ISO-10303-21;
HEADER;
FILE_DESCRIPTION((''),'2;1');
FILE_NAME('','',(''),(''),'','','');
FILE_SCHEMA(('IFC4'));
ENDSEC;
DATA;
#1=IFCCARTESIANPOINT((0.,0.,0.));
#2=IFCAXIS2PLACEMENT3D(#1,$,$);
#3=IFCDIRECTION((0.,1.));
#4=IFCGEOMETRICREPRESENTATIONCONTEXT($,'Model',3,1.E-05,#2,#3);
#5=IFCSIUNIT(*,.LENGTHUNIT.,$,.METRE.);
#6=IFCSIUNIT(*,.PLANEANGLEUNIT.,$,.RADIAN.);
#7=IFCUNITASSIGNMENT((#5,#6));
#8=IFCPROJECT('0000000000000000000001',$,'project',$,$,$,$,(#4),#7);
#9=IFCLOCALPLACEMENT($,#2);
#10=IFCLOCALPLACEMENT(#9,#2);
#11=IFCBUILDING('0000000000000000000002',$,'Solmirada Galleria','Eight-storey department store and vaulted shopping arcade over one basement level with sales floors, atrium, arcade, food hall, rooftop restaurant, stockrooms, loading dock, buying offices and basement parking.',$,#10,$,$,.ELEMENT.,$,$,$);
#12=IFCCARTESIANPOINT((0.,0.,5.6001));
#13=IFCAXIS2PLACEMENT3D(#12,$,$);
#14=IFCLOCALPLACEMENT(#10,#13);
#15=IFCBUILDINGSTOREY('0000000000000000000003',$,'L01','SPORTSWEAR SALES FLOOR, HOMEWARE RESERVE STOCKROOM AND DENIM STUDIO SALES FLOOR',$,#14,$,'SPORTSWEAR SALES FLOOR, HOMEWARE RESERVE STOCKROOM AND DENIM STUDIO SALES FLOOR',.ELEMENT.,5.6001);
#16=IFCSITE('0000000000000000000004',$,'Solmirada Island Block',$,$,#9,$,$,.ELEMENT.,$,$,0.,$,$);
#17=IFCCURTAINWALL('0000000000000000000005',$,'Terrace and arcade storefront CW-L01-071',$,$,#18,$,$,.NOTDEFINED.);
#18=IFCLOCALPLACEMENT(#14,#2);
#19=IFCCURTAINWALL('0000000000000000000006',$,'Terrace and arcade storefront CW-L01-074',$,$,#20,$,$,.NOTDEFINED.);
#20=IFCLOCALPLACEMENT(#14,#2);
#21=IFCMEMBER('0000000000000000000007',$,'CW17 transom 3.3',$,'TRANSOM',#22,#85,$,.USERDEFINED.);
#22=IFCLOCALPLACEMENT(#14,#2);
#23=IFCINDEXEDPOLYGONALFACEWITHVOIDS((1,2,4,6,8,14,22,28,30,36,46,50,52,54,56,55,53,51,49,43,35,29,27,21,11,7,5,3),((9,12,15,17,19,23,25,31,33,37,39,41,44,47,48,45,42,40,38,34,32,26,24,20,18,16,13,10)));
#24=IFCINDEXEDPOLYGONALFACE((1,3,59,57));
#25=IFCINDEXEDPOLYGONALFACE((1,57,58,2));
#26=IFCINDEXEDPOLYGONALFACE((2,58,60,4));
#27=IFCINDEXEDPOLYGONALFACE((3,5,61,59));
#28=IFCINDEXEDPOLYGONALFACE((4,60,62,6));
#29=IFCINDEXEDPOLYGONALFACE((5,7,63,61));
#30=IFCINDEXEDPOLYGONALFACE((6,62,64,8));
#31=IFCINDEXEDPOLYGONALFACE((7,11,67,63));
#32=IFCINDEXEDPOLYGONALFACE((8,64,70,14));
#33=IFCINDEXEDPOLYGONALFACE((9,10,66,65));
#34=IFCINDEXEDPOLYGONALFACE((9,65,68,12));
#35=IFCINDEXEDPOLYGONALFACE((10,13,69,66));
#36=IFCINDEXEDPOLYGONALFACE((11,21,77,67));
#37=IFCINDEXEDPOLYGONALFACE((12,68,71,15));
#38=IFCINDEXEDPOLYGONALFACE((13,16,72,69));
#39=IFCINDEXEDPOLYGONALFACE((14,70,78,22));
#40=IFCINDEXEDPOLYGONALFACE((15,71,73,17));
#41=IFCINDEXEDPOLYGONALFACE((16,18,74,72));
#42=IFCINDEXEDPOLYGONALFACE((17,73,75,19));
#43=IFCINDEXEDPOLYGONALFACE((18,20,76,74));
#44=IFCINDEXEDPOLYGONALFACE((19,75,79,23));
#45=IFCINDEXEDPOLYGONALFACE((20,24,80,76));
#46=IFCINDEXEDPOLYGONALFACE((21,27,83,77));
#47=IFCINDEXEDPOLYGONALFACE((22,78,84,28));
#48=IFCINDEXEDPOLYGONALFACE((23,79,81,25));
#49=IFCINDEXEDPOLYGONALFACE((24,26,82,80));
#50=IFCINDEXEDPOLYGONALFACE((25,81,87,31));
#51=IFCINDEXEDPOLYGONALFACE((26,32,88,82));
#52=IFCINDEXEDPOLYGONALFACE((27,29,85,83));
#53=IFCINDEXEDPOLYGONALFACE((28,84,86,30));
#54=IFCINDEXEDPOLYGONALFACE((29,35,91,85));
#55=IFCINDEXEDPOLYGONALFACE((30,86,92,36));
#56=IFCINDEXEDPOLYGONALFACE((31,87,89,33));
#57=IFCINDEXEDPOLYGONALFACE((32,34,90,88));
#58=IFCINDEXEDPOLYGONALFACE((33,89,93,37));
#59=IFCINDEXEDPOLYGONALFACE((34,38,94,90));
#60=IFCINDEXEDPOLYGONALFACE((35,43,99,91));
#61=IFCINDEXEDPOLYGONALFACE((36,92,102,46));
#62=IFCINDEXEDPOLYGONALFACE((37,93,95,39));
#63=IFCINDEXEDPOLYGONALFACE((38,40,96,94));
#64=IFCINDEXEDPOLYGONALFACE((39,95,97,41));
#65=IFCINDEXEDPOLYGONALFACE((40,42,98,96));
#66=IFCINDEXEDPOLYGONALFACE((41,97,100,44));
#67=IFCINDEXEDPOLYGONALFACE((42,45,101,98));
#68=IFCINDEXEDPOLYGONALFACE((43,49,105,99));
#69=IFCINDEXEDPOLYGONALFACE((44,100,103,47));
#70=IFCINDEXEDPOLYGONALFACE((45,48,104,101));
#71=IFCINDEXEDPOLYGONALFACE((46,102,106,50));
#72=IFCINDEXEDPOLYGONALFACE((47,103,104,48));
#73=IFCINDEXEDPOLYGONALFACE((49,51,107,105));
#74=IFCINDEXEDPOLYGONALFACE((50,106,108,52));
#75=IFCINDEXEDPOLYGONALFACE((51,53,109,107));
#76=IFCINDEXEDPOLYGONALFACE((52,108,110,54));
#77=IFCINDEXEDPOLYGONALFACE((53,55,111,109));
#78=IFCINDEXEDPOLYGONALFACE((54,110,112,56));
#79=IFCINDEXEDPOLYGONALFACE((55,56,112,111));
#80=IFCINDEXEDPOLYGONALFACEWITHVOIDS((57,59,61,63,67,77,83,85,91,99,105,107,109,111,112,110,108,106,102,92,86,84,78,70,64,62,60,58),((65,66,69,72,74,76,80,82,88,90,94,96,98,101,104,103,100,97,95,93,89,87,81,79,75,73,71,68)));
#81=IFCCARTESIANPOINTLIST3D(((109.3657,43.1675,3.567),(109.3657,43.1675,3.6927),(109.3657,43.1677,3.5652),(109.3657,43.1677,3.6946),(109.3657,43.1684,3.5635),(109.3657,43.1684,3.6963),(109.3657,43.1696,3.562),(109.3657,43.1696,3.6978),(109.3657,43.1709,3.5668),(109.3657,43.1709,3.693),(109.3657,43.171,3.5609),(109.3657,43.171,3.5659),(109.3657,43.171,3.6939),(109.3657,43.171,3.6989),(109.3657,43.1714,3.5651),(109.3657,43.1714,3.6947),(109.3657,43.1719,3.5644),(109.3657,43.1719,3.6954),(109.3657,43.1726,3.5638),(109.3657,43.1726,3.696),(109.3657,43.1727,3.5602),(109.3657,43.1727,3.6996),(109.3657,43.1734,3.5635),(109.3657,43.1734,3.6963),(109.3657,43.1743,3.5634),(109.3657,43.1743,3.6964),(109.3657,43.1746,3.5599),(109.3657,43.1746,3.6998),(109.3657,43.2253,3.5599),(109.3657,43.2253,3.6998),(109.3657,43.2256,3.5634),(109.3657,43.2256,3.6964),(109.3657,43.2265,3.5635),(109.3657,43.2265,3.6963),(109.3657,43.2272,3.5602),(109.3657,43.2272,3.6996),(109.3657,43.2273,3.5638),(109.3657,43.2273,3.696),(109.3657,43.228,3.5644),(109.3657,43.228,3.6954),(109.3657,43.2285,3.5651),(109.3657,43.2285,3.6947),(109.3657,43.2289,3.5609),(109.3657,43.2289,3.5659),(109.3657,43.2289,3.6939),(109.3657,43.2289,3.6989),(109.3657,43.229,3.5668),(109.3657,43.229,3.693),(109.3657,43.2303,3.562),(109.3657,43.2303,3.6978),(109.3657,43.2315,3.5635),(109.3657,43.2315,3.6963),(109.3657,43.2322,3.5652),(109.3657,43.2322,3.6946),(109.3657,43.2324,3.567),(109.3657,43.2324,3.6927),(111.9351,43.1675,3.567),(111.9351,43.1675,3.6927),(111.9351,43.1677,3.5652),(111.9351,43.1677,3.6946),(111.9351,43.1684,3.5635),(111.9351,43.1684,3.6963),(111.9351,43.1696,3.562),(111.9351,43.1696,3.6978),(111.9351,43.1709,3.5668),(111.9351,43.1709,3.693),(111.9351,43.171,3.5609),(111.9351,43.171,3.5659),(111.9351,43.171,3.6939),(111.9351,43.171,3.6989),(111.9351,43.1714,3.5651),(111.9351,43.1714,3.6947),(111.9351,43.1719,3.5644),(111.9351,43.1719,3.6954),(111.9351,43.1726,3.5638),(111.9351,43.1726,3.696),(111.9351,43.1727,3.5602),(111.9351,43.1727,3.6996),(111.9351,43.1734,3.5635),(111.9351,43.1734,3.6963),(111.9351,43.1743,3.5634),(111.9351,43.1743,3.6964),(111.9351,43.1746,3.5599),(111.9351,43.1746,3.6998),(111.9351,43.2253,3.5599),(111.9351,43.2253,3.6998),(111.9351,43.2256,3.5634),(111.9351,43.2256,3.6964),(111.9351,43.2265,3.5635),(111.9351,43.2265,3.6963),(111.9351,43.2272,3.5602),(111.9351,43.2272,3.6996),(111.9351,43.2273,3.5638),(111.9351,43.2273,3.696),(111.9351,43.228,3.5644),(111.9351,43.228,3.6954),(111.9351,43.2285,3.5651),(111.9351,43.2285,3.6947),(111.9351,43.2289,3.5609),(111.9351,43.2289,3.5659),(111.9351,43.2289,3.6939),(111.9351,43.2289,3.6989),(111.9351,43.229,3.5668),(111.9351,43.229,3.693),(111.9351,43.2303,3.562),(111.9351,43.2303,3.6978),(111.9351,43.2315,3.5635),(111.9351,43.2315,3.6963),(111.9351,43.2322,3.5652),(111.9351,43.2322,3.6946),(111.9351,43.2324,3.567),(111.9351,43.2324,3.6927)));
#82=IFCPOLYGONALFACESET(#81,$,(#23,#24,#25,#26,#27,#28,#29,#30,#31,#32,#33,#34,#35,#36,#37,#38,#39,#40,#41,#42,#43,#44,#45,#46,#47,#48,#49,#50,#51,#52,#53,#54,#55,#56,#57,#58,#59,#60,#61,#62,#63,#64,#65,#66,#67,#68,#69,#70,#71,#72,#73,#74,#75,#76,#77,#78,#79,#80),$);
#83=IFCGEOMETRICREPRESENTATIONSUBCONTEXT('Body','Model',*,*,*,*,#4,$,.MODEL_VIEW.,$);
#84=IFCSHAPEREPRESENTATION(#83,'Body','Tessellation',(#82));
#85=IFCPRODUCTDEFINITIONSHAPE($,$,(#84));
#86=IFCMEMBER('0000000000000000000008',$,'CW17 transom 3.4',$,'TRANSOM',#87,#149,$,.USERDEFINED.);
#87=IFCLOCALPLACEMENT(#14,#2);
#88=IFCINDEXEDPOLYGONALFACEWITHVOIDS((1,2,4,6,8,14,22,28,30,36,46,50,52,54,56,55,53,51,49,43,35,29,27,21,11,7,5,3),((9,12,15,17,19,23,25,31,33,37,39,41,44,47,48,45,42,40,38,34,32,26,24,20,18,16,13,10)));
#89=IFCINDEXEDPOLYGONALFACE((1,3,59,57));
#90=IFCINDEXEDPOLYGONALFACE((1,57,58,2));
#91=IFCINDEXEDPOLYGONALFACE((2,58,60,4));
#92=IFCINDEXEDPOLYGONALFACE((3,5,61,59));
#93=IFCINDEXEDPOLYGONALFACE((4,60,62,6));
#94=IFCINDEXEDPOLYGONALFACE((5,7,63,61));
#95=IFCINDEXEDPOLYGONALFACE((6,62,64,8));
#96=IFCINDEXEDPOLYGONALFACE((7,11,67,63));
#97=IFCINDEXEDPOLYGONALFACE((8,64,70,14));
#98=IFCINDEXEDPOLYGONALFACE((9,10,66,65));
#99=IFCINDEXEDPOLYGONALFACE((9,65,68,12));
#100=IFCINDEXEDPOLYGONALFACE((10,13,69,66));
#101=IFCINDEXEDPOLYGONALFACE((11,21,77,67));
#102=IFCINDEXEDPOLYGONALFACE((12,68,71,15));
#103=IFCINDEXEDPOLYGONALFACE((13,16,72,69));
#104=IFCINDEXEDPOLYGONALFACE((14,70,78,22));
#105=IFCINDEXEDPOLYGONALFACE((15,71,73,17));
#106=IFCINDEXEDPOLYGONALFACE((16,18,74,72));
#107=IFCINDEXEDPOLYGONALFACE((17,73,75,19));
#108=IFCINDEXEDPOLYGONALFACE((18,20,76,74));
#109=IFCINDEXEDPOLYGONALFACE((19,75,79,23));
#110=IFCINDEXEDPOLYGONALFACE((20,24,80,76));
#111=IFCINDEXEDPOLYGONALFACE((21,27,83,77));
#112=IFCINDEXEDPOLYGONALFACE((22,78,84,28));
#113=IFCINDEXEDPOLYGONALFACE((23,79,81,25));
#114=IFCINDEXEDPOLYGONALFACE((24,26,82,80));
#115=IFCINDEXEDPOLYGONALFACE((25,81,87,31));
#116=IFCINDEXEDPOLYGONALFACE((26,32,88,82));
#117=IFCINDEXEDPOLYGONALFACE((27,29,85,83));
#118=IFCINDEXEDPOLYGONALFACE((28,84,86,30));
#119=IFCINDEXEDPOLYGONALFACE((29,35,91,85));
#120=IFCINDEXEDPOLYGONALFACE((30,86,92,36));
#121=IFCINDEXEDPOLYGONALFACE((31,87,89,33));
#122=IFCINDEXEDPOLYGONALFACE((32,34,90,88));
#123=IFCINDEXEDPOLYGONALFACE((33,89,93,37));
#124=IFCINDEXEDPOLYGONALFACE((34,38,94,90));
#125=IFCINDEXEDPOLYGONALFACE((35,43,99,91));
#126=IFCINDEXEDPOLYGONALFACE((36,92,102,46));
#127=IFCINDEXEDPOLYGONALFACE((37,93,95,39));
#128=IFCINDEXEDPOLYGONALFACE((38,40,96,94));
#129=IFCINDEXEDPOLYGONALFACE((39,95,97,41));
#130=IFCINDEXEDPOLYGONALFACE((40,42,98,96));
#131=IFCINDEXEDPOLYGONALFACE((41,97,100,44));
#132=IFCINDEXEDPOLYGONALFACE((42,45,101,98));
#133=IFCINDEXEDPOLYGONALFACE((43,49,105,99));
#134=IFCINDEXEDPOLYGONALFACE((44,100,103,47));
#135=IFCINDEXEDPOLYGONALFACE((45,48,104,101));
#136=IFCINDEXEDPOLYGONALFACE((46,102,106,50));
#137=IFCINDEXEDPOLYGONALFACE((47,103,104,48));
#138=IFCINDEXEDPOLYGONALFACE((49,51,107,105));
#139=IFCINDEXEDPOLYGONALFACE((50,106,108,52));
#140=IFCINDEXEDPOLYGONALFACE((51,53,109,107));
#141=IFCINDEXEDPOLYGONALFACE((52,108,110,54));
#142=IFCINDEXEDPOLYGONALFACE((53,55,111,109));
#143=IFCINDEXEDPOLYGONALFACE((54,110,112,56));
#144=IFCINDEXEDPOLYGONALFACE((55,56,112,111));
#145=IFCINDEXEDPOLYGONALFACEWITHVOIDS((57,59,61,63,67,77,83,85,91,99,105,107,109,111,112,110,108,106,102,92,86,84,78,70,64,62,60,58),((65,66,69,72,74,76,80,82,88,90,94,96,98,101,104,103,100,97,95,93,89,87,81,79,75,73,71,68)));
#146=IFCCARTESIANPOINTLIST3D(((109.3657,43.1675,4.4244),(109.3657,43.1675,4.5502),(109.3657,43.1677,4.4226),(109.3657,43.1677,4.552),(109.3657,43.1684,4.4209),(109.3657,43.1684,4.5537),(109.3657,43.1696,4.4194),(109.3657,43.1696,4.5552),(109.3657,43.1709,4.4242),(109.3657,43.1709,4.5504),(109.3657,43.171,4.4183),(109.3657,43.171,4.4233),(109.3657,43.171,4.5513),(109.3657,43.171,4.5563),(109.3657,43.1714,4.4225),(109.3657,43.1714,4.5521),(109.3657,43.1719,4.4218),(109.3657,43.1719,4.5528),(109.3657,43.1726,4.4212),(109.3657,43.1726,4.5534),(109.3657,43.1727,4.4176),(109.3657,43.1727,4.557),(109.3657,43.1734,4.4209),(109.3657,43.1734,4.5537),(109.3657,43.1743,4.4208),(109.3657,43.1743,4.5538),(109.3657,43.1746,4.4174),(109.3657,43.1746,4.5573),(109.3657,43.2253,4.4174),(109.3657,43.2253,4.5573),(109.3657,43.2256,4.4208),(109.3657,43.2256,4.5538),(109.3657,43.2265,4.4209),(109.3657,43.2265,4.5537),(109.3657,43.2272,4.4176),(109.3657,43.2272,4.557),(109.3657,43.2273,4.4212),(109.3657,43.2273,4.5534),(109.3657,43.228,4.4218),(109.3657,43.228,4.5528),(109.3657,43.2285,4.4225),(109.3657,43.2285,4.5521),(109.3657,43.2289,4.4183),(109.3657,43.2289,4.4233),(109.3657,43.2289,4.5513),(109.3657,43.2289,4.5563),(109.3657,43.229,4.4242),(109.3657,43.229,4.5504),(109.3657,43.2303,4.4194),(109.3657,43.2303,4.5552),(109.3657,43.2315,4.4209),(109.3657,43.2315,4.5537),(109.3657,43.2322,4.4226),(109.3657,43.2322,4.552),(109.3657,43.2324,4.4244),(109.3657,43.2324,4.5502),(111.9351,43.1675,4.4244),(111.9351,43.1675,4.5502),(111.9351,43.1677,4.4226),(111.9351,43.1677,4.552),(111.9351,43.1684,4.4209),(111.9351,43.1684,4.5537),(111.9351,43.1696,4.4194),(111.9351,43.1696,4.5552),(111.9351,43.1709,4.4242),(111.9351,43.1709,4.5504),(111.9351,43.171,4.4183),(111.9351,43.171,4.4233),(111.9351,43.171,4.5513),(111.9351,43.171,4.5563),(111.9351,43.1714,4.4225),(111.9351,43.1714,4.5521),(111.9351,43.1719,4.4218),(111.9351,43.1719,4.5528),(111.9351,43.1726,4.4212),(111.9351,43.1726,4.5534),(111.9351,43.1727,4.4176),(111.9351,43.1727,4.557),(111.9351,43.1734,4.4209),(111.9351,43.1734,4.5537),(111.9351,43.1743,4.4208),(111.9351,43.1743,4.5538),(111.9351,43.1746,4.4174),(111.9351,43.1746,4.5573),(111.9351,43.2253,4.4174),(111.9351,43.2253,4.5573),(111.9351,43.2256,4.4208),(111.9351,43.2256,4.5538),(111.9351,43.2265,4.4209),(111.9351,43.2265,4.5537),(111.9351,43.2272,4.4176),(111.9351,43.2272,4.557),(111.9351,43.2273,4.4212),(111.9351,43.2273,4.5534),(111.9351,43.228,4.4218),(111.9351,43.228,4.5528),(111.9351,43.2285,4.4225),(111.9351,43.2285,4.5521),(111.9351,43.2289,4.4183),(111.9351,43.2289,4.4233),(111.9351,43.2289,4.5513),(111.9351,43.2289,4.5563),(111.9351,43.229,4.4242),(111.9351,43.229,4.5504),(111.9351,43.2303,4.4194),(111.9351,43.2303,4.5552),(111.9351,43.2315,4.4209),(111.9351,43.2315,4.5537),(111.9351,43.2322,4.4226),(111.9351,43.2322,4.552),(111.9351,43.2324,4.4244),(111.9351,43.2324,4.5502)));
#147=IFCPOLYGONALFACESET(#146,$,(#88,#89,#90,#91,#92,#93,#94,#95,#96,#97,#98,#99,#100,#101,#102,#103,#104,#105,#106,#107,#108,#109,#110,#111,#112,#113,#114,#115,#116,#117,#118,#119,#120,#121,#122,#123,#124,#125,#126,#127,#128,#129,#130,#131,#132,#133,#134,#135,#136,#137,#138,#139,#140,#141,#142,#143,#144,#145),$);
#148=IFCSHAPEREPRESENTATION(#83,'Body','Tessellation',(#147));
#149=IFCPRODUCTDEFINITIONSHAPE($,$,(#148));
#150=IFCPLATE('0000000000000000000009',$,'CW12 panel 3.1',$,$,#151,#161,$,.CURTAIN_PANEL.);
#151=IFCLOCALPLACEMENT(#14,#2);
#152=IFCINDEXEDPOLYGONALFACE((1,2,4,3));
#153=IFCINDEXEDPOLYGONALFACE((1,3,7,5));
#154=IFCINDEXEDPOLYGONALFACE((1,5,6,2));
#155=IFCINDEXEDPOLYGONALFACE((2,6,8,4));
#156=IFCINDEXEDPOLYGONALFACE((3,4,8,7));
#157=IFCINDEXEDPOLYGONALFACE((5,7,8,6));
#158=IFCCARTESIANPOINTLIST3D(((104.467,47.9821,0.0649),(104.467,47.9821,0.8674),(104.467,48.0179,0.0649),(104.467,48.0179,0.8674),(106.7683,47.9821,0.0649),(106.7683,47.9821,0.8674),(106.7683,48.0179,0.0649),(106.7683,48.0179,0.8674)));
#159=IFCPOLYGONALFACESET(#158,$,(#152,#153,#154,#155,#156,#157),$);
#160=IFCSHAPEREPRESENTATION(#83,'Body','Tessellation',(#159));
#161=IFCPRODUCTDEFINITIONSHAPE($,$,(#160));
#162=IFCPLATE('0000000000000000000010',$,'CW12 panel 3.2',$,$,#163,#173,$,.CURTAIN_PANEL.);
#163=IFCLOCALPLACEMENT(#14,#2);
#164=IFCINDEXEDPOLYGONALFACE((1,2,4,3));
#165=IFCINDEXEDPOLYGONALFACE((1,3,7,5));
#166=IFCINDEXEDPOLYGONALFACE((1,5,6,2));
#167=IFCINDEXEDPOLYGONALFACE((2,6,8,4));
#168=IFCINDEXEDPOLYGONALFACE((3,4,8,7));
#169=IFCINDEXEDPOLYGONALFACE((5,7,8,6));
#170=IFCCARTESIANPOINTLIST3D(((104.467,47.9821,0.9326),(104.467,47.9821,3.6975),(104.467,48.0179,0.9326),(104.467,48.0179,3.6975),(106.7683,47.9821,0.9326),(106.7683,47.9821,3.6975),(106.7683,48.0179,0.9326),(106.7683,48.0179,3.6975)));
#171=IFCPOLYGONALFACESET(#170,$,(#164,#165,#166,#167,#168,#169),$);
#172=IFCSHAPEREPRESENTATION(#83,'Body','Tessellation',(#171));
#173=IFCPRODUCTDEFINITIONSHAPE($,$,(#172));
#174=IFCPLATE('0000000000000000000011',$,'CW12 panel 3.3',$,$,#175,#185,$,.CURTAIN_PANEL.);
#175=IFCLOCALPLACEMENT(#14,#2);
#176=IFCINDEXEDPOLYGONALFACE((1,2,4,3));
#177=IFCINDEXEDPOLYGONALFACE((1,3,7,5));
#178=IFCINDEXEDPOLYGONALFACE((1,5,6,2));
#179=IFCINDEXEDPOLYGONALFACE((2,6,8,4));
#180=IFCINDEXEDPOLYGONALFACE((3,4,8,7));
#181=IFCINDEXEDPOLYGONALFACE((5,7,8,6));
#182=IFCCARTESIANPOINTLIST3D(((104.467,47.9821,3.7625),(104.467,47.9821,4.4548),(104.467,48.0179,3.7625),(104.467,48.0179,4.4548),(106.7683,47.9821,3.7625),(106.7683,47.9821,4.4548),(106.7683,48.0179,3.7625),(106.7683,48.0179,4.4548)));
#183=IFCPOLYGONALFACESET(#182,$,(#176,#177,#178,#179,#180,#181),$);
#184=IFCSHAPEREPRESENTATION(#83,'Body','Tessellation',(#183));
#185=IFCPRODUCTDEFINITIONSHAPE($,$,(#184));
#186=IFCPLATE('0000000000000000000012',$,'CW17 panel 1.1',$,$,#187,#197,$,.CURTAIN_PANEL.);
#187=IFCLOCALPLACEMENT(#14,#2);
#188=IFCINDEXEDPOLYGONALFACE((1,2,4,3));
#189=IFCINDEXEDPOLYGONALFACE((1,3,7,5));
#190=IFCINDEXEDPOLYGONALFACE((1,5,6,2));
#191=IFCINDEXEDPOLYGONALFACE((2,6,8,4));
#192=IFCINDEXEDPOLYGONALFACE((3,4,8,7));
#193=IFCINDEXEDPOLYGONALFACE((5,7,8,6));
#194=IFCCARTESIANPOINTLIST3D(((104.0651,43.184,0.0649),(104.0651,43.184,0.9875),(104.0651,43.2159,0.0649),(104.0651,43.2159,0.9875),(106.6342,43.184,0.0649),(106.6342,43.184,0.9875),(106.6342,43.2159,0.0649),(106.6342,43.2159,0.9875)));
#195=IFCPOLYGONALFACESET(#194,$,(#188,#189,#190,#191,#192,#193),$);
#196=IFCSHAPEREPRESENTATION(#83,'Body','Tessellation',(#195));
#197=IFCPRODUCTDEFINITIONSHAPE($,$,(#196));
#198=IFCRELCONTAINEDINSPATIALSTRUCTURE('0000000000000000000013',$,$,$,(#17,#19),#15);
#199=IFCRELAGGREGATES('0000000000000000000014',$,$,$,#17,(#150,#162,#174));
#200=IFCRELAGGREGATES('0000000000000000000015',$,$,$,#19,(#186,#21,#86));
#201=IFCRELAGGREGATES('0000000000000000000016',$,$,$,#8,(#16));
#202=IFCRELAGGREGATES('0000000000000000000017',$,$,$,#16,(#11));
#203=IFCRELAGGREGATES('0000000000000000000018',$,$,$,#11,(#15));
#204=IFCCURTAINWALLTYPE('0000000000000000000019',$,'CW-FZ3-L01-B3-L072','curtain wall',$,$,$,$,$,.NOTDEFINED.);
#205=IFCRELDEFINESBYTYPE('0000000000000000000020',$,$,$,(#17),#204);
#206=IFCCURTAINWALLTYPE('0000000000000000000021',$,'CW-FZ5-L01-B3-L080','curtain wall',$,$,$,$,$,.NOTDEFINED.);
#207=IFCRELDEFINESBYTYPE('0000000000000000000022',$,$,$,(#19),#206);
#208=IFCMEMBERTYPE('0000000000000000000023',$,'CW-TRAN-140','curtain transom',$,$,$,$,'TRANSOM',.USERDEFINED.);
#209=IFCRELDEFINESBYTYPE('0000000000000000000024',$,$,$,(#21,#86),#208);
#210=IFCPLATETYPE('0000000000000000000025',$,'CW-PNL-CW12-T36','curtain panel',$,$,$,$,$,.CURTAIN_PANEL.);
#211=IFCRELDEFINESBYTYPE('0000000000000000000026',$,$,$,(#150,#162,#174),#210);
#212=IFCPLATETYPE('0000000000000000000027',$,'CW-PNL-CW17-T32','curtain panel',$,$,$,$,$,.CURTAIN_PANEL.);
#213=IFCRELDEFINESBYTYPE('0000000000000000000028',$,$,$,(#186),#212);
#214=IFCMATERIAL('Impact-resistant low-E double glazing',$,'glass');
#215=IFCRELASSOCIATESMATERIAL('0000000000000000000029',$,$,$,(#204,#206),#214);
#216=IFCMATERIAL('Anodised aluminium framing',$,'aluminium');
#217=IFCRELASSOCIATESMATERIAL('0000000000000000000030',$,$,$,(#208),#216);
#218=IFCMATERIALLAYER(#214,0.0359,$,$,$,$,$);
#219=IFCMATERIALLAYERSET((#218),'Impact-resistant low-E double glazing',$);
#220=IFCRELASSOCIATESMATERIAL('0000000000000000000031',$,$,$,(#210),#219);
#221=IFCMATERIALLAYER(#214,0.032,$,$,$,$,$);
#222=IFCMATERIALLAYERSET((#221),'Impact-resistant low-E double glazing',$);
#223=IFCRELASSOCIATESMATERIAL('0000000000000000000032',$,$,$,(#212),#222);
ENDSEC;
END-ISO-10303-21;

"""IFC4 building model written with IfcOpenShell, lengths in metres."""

from ifc_helpers import new_model, si_unit, direction, frame, origin, origin_2d, place, context, subcontext, project, spatial, rectangle, hollow_rectangle, extrude, material, layer, layer_set, material_profile, profile_set, type_object, element, aggregate, save


model = new_model("IFC4")

# Units and contexts
model_context = context("Model", 3, precision=1e-05, world=origin(), true_north=direction((0.0, 1.0)))
body_context = subcontext(model_context, "Body", "Model", "MODEL_VIEW")
ifc_project = project(units=[si_unit("LENGTHUNIT", "METRE"), si_unit("PLANEANGLEUNIT", "RADIAN")], contexts=[model_context])

# Site, building, storey
site_placement = place(None, origin())
site = spatial("IfcSite", under=ifc_project, at=site_placement, Name="Solmirada Island Block", CompositionType="ELEMENT", RefElevation=0.0)
building_placement = place(site_placement, origin())
building = spatial("IfcBuilding", under=site, at=building_placement, Name="Solmirada Galleria", Description="Eight-storey department store and vaulted shopping arcade over one basement level with sales floors, atrium, arcade, food hall, rooftop restaurant, stockrooms, loading dock, buying offices and basement parking.", CompositionType="ELEMENT")
storey_placement = place(building_placement, frame((0.0, 0.0, 5.6001)))
storey = spatial("IfcBuildingStorey", under=building, at=storey_placement, Name="L01", Description="SPORTSWEAR SALES FLOOR, HOMEWARE RESERVE STOCKROOM AND DENIM STUDIO SALES FLOOR", LongName="SPORTSWEAR SALES FLOOR, HOMEWARE RESERVE STOCKROOM AND DENIM STUDIO SALES FLOOR", CompositionType="ELEMENT", Elevation=5.6001)

# Curtain wall
ifc_material_1 = material(Name="Impact-resistant low-E double glazing", Category="glass")
curtain_wall_type_1 = type_object("IfcCurtainWallType", Name="CW-FZ3-L01-B3-L072", Description="curtain wall", PredefinedType="NOTDEFINED", material=ifc_material_1)
curtain_wall_1_placement = place(storey_placement, origin())
curtain_wall_1 = element("IfcCurtainWall", 1, at=curtain_wall_1_placement, inside=storey, type_object=curtain_wall_type_1, Name="Terrace and arcade storefront CW-L01-071", PredefinedType="NOTDEFINED")
ifc_material_2 = material(Name="Anodised aluminium framing", Category="aluminium")

# Curtain wall
curtain_wall_type_2 = type_object("IfcCurtainWallType", Name="CW-FZ5-L01-B3-L080", Description="curtain wall", PredefinedType="NOTDEFINED", material=ifc_material_1)
curtain_wall_2_placement = place(storey_placement, origin())
curtain_wall_2 = element("IfcCurtainWall", 2, at=curtain_wall_2_placement, inside=storey, type_object=curtain_wall_type_2, Name="Terrace and arcade storefront CW-L01-074", PredefinedType="NOTDEFINED")

# Members
ifc_material_profile_1 = material_profile(ifc_material_2, hollow_rectangle(XDim=0.0649, YDim=0.1399, WallThickness=0.0034, InnerFilletRadius=0.0034, OuterFilletRadius=0.0071, at=origin_2d()), Name="ALU-TRAN-140X65")
ifc_profile_set_1 = profile_set([ifc_material_profile_1], Name="Anodised aluminium framing")
member_type_1 = type_object("IfcMemberType", Name="CW-TRAN-140", Description="curtain transom", ElementType="TRANSOM", PredefinedType="USERDEFINED", material=ifc_profile_set_1)
member_1_placement = place(storey_placement, frame((109.3657, 43.2, 3.6299), z_axis=(1.0, 0.0, 0.0), x_axis=(0.0, 1.0, 0.0)))
member_1 = element("IfcMember", 3, at=member_1_placement, type_object=member_type_1, Name="CW17 transom 3.3", ObjectType="TRANSOM", PredefinedType="USERDEFINED", context=body_context, shape_type="SweptSolid", body=[
    extrude(hollow_rectangle(XDim=0.0649, YDim=0.1399, WallThickness=0.0034, InnerFilletRadius=0.0034, OuterFilletRadius=0.0071, at=origin_2d()), origin(), (0.0, 0.0, 1.0), 2.5693),
])
member_2_placement = place(storey_placement, frame((109.3657, 43.2, 4.4873), z_axis=(1.0, 0.0, 0.0), x_axis=(0.0, 1.0, 0.0)))
member_2 = element("IfcMember", 4, at=member_2_placement, type_object=member_type_1, Name="CW17 transom 3.4", ObjectType="TRANSOM", PredefinedType="USERDEFINED", context=body_context, shape_type="SweptSolid", body=[
    extrude(hollow_rectangle(XDim=0.0649, YDim=0.1399, WallThickness=0.0034, InnerFilletRadius=0.0034, OuterFilletRadius=0.0071, at=origin_2d()), origin(), (0.0, 0.0, 1.0), 2.5693),
])

# Plates
ifc_layer_1 = layer(ifc_material_1, 0.0359)
ifc_layer_set_1 = layer_set([ifc_layer_1], Name="Impact-resistant low-E double glazing")
plate_type_1 = type_object("IfcPlateType", Name="CW-PNL-CW12-T36", Description="curtain panel", PredefinedType="CURTAIN_PANEL", material=ifc_layer_set_1)
plate_1_placement = place(storey_placement, frame((105.6177, 48.0, 0.0649), z_axis=(0.0, 0.0, 1.0), x_axis=(-1.0, 0.0, 0.0)))
plate_1 = element("IfcPlate", 5, at=plate_1_placement, type_object=plate_type_1, Name="CW12 panel 3.1", PredefinedType="CURTAIN_PANEL", context=body_context, shape_type="SweptSolid", body=[
    extrude(rectangle(XDim=2.3013, YDim=0.0359, at=origin_2d()), origin(), (0.0, 0.0, 1.0), 0.8025),
])
plate_2_placement = place(storey_placement, frame((105.6177, 48.0, 0.9326), z_axis=(0.0, 0.0, 1.0), x_axis=(-1.0, 0.0, 0.0)))
plate_2 = element("IfcPlate", 6, at=plate_2_placement, type_object=plate_type_1, Name="CW12 panel 3.2", PredefinedType="CURTAIN_PANEL", context=body_context, shape_type="SweptSolid", body=[
    extrude(rectangle(XDim=2.3013, YDim=0.0359, at=origin_2d()), origin(), (0.0, 0.0, 1.0), 2.7649),
])
plate_3_placement = place(storey_placement, frame((105.6177, 48.0, 3.7625), z_axis=(0.0, 0.0, 1.0), x_axis=(-1.0, 0.0, 0.0)))
plate_3 = element("IfcPlate", 7, at=plate_3_placement, type_object=plate_type_1, Name="CW12 panel 3.3", PredefinedType="CURTAIN_PANEL", context=body_context, shape_type="SweptSolid", body=[
    extrude(rectangle(XDim=2.3013, YDim=0.0359, at=origin_2d()), origin(), (0.0, 0.0, 1.0), 0.6924),
])
aggregate(curtain_wall_1, [plate_1, plate_2, plate_3])
ifc_layer_2 = layer(ifc_material_1, 0.032)
ifc_layer_set_2 = layer_set([ifc_layer_2], Name="Impact-resistant low-E double glazing")
plate_type_2 = type_object("IfcPlateType", Name="CW-PNL-CW17-T32", Description="curtain panel", PredefinedType="CURTAIN_PANEL", material=ifc_layer_set_2)
plate_4_placement = place(storey_placement, frame((105.3496, 43.2, 0.0649), z_axis=(0.0, 0.0, 1.0), x_axis=(1.0, 0.0, 0.0)))
plate_4 = element("IfcPlate", 8, at=plate_4_placement, type_object=plate_type_2, Name="CW17 panel 1.1", PredefinedType="CURTAIN_PANEL", context=body_context, shape_type="SweptSolid", body=[
    extrude(rectangle(XDim=2.5691, YDim=0.032, at=origin_2d()), origin(), (0.0, 0.0, 1.0), 0.9226),
])
aggregate(curtain_wall_2, [plate_4, member_1, member_2])

save(model, "model.ifc")
